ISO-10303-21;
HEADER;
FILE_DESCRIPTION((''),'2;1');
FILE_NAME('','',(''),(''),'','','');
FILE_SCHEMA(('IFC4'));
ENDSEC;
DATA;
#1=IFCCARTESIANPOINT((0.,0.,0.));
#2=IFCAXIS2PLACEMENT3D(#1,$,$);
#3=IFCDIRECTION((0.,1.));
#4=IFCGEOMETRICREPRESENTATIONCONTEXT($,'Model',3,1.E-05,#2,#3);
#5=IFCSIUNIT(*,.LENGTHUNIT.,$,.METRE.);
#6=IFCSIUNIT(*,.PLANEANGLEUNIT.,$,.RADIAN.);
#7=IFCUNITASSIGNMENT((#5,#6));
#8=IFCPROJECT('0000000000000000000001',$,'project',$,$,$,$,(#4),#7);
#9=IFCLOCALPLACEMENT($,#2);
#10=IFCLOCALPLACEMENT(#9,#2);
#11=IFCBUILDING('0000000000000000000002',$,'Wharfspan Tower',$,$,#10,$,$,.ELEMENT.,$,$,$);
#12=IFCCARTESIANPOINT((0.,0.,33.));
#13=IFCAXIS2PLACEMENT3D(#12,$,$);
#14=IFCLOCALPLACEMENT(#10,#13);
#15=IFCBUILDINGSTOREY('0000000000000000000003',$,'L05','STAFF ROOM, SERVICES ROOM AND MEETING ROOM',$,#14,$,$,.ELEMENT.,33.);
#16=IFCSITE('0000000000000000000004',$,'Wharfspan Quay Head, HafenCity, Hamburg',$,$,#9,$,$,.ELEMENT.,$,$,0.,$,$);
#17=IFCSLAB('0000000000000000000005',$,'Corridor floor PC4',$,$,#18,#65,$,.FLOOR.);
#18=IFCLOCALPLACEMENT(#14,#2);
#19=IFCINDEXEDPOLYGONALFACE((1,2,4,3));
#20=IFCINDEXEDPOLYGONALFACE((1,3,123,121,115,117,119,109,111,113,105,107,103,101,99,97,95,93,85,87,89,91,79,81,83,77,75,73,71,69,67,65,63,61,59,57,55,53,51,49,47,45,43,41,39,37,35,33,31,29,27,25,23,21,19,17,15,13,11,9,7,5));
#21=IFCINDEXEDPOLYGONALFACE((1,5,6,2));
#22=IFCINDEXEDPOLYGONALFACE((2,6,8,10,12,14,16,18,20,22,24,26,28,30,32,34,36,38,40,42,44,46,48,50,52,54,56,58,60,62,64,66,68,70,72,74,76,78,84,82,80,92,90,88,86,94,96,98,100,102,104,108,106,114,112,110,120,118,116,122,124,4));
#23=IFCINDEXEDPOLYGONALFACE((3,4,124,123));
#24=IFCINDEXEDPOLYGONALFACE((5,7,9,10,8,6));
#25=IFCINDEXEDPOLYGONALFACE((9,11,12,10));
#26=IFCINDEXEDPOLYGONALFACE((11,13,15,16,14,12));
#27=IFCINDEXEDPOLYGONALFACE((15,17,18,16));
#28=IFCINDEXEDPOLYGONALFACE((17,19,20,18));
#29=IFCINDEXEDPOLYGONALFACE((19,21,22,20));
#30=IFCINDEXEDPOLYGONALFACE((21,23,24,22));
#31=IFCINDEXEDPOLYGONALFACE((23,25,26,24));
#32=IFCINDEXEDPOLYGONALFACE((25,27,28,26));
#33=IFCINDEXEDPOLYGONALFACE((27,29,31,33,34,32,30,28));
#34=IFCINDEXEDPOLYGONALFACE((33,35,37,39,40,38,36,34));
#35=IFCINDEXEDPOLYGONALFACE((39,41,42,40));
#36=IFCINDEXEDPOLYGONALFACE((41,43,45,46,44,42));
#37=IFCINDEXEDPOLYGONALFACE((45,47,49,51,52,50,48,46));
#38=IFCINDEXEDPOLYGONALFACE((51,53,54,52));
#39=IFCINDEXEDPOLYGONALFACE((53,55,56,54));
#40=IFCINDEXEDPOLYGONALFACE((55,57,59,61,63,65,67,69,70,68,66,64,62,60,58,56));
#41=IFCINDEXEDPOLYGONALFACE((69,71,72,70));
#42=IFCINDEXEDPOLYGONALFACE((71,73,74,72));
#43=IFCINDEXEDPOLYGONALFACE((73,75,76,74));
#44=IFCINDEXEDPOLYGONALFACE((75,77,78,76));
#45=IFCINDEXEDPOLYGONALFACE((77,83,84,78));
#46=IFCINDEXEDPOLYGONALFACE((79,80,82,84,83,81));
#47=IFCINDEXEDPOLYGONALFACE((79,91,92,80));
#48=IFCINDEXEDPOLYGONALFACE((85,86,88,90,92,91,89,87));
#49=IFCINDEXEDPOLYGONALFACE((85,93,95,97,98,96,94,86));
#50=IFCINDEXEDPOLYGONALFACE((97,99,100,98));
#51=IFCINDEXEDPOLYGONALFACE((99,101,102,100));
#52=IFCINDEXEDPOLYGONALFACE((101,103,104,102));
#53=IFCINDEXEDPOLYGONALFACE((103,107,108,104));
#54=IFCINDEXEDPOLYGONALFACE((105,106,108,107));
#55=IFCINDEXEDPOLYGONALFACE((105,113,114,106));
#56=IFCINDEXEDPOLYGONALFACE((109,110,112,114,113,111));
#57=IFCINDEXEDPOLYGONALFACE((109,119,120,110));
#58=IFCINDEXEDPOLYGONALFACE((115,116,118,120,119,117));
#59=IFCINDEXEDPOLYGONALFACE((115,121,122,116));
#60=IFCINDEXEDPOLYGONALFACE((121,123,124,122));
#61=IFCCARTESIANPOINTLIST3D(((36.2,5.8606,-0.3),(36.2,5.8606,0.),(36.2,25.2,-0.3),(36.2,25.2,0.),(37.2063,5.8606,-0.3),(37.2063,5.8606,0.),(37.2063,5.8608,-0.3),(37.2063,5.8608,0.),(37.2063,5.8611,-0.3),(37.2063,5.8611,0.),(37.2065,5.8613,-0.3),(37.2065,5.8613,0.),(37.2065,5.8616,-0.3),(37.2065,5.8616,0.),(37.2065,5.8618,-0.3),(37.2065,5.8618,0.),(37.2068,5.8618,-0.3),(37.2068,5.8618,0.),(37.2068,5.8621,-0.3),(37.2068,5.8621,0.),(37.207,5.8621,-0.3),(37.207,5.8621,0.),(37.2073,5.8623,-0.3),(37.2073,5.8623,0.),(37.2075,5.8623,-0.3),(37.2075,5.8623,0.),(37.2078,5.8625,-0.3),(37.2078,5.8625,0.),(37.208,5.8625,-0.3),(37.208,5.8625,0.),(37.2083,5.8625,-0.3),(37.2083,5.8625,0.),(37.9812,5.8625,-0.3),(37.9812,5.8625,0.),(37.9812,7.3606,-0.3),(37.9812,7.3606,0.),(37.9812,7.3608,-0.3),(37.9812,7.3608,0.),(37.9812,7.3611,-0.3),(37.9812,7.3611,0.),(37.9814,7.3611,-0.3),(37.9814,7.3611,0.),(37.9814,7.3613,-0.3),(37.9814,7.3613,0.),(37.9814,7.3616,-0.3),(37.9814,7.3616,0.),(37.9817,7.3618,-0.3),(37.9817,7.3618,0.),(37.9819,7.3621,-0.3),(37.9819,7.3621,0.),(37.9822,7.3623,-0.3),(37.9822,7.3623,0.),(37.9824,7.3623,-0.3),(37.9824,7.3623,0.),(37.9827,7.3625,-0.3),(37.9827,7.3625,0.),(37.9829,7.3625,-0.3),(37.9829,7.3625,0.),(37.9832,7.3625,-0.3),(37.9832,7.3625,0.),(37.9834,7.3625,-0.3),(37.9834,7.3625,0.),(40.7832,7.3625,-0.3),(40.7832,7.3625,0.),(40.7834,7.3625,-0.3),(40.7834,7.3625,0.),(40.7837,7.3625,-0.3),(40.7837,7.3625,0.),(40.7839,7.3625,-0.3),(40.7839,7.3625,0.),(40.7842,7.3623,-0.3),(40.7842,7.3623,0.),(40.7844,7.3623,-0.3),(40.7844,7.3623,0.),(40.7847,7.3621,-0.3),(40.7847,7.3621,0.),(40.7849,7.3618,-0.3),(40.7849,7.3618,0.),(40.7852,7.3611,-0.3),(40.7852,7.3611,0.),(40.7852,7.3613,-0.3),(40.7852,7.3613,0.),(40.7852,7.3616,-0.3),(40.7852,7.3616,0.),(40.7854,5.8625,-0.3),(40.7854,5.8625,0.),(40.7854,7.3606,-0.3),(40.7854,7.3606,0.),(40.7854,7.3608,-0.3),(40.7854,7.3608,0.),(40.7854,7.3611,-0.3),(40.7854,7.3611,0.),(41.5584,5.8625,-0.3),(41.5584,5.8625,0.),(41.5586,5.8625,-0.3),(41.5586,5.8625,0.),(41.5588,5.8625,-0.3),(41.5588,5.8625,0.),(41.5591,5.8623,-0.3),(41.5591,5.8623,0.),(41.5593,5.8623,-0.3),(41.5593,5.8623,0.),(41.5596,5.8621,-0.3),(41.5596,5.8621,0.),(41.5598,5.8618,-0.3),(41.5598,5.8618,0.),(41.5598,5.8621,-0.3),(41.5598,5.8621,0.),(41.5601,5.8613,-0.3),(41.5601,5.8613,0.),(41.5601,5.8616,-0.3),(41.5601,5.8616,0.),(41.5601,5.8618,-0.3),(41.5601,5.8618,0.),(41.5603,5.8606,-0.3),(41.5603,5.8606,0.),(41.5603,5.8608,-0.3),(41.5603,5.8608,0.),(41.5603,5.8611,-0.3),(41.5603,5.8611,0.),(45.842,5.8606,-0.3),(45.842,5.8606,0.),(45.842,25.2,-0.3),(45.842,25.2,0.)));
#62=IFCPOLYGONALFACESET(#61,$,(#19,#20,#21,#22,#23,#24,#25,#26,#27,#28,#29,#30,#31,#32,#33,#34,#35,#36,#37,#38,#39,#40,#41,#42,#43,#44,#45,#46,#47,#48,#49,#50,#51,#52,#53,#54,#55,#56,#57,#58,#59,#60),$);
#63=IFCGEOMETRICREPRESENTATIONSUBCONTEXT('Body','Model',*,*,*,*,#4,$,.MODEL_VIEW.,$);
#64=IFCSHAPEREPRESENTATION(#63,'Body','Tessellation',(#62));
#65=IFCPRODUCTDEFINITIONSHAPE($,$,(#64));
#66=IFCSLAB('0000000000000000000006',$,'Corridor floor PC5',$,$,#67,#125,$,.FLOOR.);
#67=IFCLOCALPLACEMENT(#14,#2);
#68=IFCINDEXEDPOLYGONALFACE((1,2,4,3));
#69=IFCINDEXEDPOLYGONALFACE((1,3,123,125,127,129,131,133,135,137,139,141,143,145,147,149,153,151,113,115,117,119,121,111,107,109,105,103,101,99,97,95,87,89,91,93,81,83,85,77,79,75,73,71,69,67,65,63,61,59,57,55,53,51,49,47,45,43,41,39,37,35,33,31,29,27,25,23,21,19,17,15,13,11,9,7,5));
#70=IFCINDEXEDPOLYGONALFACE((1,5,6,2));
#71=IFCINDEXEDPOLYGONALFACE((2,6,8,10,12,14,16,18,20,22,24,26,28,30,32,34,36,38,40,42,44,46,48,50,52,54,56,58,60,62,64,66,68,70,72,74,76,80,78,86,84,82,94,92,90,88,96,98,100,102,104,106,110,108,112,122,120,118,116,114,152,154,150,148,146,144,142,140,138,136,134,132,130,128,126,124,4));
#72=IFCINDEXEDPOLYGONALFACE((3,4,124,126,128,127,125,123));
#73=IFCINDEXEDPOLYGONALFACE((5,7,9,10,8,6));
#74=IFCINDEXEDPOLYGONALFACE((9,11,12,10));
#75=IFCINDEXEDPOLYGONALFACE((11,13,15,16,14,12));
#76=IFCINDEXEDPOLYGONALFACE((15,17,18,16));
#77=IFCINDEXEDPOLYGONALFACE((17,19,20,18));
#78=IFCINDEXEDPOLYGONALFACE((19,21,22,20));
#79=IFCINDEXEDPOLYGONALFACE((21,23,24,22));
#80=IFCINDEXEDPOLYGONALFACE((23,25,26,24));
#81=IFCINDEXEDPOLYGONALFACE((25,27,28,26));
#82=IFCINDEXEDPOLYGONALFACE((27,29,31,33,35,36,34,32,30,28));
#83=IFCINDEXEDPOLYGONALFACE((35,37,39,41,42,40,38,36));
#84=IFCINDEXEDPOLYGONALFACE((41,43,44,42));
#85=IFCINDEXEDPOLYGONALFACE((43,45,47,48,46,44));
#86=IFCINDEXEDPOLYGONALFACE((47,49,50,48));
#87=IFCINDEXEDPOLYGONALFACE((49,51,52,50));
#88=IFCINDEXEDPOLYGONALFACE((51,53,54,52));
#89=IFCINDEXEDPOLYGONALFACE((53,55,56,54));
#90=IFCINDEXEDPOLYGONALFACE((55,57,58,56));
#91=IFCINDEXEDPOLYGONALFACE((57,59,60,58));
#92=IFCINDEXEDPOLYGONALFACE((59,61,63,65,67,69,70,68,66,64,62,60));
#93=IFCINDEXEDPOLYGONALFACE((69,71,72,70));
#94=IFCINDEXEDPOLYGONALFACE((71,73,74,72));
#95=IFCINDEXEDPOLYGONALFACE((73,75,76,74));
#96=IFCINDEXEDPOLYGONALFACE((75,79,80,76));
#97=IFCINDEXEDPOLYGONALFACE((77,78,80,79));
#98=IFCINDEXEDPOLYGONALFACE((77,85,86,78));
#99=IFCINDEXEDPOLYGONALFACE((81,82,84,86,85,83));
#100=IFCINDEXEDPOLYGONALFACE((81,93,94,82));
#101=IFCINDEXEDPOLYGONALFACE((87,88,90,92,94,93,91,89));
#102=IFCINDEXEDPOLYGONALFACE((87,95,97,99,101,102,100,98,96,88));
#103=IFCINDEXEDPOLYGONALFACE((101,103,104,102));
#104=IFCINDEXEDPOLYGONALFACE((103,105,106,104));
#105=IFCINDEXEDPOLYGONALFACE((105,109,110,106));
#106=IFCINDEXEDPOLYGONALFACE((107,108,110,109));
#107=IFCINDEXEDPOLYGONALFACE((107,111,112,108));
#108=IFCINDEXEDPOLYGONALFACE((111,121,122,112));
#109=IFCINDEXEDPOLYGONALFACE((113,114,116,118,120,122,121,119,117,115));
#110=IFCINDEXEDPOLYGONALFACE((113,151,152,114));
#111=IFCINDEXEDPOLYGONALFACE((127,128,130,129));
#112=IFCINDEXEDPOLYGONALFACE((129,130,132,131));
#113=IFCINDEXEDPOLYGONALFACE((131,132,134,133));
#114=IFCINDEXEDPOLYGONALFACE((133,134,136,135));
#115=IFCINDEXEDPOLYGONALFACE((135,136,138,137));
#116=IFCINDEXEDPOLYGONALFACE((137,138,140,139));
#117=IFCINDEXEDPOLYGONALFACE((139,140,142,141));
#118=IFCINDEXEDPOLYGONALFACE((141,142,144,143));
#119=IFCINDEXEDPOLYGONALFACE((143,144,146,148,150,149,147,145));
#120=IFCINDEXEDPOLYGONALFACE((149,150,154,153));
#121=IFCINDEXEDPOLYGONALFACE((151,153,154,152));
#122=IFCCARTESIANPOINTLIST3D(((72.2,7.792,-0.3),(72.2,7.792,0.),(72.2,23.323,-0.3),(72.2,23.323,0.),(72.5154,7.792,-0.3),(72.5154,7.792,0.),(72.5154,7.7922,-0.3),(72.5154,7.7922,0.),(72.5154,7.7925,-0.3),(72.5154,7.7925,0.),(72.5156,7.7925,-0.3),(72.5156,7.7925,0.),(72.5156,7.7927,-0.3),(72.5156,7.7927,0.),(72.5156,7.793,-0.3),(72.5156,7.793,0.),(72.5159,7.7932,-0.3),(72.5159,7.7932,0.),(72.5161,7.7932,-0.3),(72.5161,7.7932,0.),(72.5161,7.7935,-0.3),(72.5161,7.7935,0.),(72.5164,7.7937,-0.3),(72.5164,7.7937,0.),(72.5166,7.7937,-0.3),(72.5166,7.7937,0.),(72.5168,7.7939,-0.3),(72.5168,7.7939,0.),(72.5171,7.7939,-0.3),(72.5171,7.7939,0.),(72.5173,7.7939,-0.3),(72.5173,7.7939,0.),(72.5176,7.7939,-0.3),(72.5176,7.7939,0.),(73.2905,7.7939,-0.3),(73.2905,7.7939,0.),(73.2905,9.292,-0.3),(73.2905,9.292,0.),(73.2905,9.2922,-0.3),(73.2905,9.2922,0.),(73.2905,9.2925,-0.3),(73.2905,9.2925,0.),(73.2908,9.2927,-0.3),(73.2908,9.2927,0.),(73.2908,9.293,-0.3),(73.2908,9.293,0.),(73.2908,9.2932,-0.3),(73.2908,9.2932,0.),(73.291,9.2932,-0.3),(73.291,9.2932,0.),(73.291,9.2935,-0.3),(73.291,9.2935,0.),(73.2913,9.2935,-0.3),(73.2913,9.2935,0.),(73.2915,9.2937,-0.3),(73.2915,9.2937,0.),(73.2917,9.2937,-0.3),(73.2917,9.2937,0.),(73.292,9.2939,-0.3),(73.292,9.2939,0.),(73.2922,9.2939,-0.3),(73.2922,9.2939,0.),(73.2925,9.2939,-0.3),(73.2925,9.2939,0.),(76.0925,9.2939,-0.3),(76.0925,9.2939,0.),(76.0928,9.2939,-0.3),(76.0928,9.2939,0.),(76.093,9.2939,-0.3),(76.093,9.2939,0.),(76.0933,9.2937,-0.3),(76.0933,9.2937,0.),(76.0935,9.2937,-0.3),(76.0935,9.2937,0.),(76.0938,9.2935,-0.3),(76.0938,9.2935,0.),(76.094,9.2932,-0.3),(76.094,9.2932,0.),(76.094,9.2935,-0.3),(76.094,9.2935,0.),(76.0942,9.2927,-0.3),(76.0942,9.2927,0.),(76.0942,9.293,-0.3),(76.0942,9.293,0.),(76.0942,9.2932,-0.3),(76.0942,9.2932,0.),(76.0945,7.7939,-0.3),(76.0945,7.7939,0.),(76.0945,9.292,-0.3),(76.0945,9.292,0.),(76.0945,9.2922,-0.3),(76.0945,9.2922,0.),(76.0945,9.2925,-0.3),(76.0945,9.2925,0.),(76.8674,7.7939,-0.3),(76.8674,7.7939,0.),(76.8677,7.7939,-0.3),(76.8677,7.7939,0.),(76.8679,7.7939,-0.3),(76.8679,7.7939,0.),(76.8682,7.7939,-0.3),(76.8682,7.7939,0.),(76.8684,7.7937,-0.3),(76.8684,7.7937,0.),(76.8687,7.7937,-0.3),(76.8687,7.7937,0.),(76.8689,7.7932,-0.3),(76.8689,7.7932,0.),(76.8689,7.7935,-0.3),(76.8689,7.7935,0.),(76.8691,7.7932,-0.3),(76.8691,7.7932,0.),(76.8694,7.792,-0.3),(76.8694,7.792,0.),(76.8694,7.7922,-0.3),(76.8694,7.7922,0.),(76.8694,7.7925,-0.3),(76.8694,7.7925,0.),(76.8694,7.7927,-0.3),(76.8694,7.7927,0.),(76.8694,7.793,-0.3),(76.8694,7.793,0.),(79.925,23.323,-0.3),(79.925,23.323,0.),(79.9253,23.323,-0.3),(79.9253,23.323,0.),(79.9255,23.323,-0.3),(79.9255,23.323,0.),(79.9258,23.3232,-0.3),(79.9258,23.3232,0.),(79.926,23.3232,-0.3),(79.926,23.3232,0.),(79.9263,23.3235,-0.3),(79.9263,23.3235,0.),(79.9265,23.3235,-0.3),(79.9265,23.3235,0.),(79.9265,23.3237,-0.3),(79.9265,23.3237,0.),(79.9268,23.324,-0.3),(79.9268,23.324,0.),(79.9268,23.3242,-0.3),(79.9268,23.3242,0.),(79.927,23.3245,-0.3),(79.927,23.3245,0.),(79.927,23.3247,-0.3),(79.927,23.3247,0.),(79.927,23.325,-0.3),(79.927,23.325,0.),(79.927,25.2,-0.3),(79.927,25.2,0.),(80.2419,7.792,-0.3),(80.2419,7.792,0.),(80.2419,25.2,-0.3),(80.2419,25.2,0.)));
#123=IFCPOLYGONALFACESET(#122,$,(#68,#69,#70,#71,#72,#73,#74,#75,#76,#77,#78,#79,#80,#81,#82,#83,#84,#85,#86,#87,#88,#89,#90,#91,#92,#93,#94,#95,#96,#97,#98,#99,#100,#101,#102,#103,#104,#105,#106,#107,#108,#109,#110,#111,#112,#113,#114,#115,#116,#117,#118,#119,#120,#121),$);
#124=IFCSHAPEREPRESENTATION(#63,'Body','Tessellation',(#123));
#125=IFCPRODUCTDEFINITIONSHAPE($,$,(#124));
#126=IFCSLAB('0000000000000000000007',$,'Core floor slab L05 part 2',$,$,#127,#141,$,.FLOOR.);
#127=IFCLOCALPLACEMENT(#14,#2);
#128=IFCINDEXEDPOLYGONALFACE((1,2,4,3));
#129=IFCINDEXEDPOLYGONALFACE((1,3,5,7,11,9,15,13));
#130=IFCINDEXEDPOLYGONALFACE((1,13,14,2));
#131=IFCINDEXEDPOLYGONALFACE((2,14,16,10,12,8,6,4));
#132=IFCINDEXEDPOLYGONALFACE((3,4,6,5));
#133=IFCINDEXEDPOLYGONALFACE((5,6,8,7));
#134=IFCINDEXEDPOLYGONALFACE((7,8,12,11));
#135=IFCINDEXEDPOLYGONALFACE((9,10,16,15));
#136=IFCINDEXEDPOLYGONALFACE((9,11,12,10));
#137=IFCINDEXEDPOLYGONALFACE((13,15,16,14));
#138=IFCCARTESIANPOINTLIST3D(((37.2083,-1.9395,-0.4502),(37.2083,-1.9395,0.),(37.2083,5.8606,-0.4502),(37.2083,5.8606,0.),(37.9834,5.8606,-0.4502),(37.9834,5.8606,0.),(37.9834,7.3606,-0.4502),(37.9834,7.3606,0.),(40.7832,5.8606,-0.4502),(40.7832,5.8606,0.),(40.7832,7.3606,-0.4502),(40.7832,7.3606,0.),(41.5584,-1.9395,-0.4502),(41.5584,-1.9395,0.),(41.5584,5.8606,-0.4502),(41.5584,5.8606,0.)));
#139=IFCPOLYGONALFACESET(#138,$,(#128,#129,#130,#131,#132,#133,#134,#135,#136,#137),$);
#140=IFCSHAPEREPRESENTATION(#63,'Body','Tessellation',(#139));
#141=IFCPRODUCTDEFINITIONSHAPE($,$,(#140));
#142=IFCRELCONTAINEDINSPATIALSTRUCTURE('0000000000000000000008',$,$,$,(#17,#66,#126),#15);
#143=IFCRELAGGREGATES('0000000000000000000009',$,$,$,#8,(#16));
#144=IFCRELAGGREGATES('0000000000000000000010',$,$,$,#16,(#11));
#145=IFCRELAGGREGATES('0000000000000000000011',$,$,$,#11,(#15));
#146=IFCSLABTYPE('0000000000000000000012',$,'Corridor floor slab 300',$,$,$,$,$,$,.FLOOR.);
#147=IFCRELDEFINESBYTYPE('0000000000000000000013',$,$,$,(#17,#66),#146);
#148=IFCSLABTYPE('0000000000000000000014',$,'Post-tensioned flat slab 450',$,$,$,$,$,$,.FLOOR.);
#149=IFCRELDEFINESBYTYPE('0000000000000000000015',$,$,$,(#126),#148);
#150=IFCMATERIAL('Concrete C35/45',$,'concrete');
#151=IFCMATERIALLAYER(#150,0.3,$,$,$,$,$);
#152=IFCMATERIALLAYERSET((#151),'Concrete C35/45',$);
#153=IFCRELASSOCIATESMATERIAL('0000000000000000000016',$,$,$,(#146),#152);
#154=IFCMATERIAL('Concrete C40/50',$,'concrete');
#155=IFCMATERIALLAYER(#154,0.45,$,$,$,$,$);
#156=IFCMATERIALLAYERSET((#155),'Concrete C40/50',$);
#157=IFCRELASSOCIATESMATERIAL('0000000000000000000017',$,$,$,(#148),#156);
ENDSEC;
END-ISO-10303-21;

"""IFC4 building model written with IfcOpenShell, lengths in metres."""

from ifc_helpers import new_model, si_unit, direction, frame, origin, place, context, subcontext, project, spatial, polyline, outline, extrude, material, layer, layer_set, type_object, element, save


model = new_model("IFC4")

# Units and contexts
model_context = context("Model", 3, precision=1e-05, world=origin(), true_north=direction((0.0, 1.0)))
body_context = subcontext(model_context, "Body", "Model", "MODEL_VIEW")
ifc_project = project(units=[si_unit("LENGTHUNIT", "METRE"), si_unit("PLANEANGLEUNIT", "RADIAN")], contexts=[model_context])

# Site, building, storey
site_placement = place(None, origin())
site = spatial("IfcSite", under=ifc_project, at=site_placement, Name="Wharfspan Quay Head, HafenCity, Hamburg", CompositionType="ELEMENT", RefElevation=0.0)
building_placement = place(site_placement, origin())
building = spatial("IfcBuilding", under=site, at=building_placement, Name="Wharfspan Tower", CompositionType="ELEMENT")
storey_placement = place(building_placement, frame((0.0, 0.0, 33.0)))
storey = spatial("IfcBuildingStorey", under=building, at=storey_placement, Name="L05", Description="STAFF ROOM, SERVICES ROOM AND MEETING ROOM", CompositionType="ELEMENT", Elevation=33.0)

# Slabs
ifc_material_1 = material(Name="Concrete C35/45", Category="concrete")
ifc_layer_1 = layer(ifc_material_1, 0.3)
ifc_layer_set_1 = layer_set([ifc_layer_1], Name="Concrete C35/45")
slab_type_1 = type_object("IfcSlabType", Name="Corridor floor slab 300", PredefinedType="FLOOR", material=ifc_layer_set_1)
slab_1_placement = place(storey_placement, frame((0.0, 0.0, -0.3)))
element("IfcSlab", 1, at=slab_1_placement, inside=storey, type_object=slab_type_1, Name="Corridor floor PC4", PredefinedType="FLOOR", context=body_context, shape_type="SweptSolid", body=[
    extrude(outline(polyline([(36.2, 25.2), (45.842, 25.2), (45.842, 5.8606), (41.5603, 5.8606), (41.5603, 5.8608), (41.5603, 5.8611), (41.5603, 5.8611), (41.5601, 5.8613), (41.5601, 5.8616), (41.5601, 5.8618), (41.5598, 5.8618), (41.5598, 5.8621), (41.5596, 5.8621), (41.5593, 5.8623), (41.5591, 5.8623), (41.5591, 5.8623), (41.5588, 5.8625), (41.5586, 5.8625), (41.5586, 5.8625), (41.5583, 5.8625), (40.7854, 5.8625), (40.7854, 7.3606), (40.7854, 7.3608), (40.7854, 7.3611), (40.7852, 7.3611), (40.7852, 7.3613), (40.7852, 7.3616), (40.7849, 7.3618), (40.7849, 7.3618), (40.7847, 7.3621), (40.7847, 7.3621), (40.7844, 7.3623), (40.7842, 7.3623), (40.7842, 7.3623), (40.7839, 7.3625), (40.7837, 7.3625), (40.7834, 7.3625), (40.7832, 7.3625), (37.9834, 7.3625), (37.9832, 7.3625), (37.9829, 7.3625), (37.9827, 7.3625), (37.9824, 7.3623), (37.9824, 7.3623), (37.9822, 7.3623), (37.9819, 7.3621), (37.9819, 7.3621), (37.9817, 7.3618), (37.9817, 7.3618), (37.9814, 7.3616), (37.9814, 7.3613), (37.9814, 7.3611), (37.9812, 7.3611), (37.9812, 7.3608), (37.9812, 7.3606), (37.9812, 5.8625), (37.2083, 5.8625), (37.208, 5.8625), (37.208, 5.8625), (37.2078, 5.8625), (37.2075, 5.8623), (37.2075, 5.8623), (37.2073, 5.8623), (37.207, 5.8621), (37.2068, 5.8621), (37.2068, 5.8618), (37.2065, 5.8618), (37.2065, 5.8616), (37.2065, 5.8613), (37.2063, 5.8611), (37.2063, 5.8611), (37.2063, 5.8608), (37.2063, 5.8606), (36.2, 5.8606), (36.2, 25.2)])), origin(), (0.0, 0.0, 1.0), 0.3),
])
slab_2_placement = place(storey_placement, frame((0.0, 0.0, -0.3)))
element("IfcSlab", 2, at=slab_2_placement, inside=storey, type_object=slab_type_1, Name="Corridor floor PC5", PredefinedType="FLOOR", context=body_context, shape_type="SweptSolid", body=[
    extrude(outline(polyline([(72.2, 23.323), (79.925, 23.323), (79.9253, 23.323), (79.9253, 23.323), (79.9255, 23.323), (79.9258, 23.3232), (79.9258, 23.3232), (79.926, 23.3232), (79.9263, 23.3235), (79.9265, 23.3235), (79.9265, 23.3237), (79.9268, 23.324), (79.9268, 23.3242), (79.9268, 23.3242), (79.927, 23.3245), (79.927, 23.3247), (79.927, 23.3247), (79.927, 23.325), (79.927, 25.2), (80.2419, 25.2), (80.2419, 7.792), (76.8694, 7.792), (76.8694, 7.792), (76.8694, 7.7922), (76.8694, 7.7925), (76.8694, 7.7925), (76.8694, 7.7927), (76.8694, 7.793), (76.8691, 7.7932), (76.8689, 7.7932), (76.8689, 7.7935), (76.8689, 7.7935), (76.8687, 7.7937), (76.8684, 7.7937), (76.8684, 7.7937), (76.8682, 7.7939), (76.8679, 7.7939), (76.8677, 7.7939), (76.8674, 7.7939), (76.0945, 7.7939), (76.0945, 9.292), (76.0945, 9.2922), (76.0945, 9.2925), (76.0945, 9.2925), (76.0942, 9.2927), (76.0942, 9.293), (76.0942, 9.2932), (76.094, 9.2932), (76.094, 9.2935), (76.0938, 9.2935), (76.0935, 9.2937), (76.0935, 9.2937), (76.0933, 9.2937), (76.093, 9.2939), (76.093, 9.2939), (76.0928, 9.2939), (76.0925, 9.2939), (73.2925, 9.2939), (73.2922, 9.2939), (73.292, 9.2939), (73.292, 9.2939), (73.2917, 9.2937), (73.2915, 9.2937), (73.2915, 9.2937), (73.2913, 9.2935), (73.291, 9.2935), (73.291, 9.2932), (73.2908, 9.2932), (73.2908, 9.293), (73.2908, 9.2927), (73.2905, 9.2925), (73.2905, 9.2925), (73.2905, 9.2922), (73.2905, 9.292), (73.2905, 7.7939), (72.5176, 7.7939), (72.5173, 7.7939), (72.5171, 7.7939), (72.5168, 7.7939), (72.5166, 7.7937), (72.5166, 7.7937), (72.5164, 7.7937), (72.5161, 7.7935), (72.5161, 7.7935), (72.5161, 7.7932), (72.5159, 7.7932), (72.5156, 7.793), (72.5156, 7.7927), (72.5156, 7.7925), (72.5154, 7.7925), (72.5154, 7.7922), (72.5154, 7.792), (72.5154, 7.792), (72.2, 7.792), (72.2, 23.323)])), origin(), (0.0, 0.0, 1.0), 0.3),
])
ifc_material_2 = material(Name="Concrete C40/50", Category="concrete")
ifc_layer_2 = layer(ifc_material_2, 0.45)
ifc_layer_set_2 = layer_set([ifc_layer_2], Name="Concrete C40/50")
slab_type_2 = type_object("IfcSlabType", Name="Post-tensioned flat slab 450", PredefinedType="FLOOR", material=ifc_layer_set_2)
slab_3_placement = place(storey_placement, frame((0.0, 0.0, -0.4502)))
element("IfcSlab", 3, at=slab_3_placement, inside=storey, type_object=slab_type_2, Name="Core floor slab L05 part 2", PredefinedType="FLOOR", context=body_context, shape_type="SweptSolid", body=[
    extrude(outline(polyline([(37.9834, 5.8606), (37.2083, 5.8606), (37.2083, -1.9395), (41.5583, -1.9395), (41.5583, 5.8606), (40.7832, 5.8606), (40.7832, 7.3606), (37.9834, 7.3606), (37.9834, 5.8606)])), origin(), (0.0, 0.0, 1.0), 0.4502),
])

save(model, "model.ifc")
